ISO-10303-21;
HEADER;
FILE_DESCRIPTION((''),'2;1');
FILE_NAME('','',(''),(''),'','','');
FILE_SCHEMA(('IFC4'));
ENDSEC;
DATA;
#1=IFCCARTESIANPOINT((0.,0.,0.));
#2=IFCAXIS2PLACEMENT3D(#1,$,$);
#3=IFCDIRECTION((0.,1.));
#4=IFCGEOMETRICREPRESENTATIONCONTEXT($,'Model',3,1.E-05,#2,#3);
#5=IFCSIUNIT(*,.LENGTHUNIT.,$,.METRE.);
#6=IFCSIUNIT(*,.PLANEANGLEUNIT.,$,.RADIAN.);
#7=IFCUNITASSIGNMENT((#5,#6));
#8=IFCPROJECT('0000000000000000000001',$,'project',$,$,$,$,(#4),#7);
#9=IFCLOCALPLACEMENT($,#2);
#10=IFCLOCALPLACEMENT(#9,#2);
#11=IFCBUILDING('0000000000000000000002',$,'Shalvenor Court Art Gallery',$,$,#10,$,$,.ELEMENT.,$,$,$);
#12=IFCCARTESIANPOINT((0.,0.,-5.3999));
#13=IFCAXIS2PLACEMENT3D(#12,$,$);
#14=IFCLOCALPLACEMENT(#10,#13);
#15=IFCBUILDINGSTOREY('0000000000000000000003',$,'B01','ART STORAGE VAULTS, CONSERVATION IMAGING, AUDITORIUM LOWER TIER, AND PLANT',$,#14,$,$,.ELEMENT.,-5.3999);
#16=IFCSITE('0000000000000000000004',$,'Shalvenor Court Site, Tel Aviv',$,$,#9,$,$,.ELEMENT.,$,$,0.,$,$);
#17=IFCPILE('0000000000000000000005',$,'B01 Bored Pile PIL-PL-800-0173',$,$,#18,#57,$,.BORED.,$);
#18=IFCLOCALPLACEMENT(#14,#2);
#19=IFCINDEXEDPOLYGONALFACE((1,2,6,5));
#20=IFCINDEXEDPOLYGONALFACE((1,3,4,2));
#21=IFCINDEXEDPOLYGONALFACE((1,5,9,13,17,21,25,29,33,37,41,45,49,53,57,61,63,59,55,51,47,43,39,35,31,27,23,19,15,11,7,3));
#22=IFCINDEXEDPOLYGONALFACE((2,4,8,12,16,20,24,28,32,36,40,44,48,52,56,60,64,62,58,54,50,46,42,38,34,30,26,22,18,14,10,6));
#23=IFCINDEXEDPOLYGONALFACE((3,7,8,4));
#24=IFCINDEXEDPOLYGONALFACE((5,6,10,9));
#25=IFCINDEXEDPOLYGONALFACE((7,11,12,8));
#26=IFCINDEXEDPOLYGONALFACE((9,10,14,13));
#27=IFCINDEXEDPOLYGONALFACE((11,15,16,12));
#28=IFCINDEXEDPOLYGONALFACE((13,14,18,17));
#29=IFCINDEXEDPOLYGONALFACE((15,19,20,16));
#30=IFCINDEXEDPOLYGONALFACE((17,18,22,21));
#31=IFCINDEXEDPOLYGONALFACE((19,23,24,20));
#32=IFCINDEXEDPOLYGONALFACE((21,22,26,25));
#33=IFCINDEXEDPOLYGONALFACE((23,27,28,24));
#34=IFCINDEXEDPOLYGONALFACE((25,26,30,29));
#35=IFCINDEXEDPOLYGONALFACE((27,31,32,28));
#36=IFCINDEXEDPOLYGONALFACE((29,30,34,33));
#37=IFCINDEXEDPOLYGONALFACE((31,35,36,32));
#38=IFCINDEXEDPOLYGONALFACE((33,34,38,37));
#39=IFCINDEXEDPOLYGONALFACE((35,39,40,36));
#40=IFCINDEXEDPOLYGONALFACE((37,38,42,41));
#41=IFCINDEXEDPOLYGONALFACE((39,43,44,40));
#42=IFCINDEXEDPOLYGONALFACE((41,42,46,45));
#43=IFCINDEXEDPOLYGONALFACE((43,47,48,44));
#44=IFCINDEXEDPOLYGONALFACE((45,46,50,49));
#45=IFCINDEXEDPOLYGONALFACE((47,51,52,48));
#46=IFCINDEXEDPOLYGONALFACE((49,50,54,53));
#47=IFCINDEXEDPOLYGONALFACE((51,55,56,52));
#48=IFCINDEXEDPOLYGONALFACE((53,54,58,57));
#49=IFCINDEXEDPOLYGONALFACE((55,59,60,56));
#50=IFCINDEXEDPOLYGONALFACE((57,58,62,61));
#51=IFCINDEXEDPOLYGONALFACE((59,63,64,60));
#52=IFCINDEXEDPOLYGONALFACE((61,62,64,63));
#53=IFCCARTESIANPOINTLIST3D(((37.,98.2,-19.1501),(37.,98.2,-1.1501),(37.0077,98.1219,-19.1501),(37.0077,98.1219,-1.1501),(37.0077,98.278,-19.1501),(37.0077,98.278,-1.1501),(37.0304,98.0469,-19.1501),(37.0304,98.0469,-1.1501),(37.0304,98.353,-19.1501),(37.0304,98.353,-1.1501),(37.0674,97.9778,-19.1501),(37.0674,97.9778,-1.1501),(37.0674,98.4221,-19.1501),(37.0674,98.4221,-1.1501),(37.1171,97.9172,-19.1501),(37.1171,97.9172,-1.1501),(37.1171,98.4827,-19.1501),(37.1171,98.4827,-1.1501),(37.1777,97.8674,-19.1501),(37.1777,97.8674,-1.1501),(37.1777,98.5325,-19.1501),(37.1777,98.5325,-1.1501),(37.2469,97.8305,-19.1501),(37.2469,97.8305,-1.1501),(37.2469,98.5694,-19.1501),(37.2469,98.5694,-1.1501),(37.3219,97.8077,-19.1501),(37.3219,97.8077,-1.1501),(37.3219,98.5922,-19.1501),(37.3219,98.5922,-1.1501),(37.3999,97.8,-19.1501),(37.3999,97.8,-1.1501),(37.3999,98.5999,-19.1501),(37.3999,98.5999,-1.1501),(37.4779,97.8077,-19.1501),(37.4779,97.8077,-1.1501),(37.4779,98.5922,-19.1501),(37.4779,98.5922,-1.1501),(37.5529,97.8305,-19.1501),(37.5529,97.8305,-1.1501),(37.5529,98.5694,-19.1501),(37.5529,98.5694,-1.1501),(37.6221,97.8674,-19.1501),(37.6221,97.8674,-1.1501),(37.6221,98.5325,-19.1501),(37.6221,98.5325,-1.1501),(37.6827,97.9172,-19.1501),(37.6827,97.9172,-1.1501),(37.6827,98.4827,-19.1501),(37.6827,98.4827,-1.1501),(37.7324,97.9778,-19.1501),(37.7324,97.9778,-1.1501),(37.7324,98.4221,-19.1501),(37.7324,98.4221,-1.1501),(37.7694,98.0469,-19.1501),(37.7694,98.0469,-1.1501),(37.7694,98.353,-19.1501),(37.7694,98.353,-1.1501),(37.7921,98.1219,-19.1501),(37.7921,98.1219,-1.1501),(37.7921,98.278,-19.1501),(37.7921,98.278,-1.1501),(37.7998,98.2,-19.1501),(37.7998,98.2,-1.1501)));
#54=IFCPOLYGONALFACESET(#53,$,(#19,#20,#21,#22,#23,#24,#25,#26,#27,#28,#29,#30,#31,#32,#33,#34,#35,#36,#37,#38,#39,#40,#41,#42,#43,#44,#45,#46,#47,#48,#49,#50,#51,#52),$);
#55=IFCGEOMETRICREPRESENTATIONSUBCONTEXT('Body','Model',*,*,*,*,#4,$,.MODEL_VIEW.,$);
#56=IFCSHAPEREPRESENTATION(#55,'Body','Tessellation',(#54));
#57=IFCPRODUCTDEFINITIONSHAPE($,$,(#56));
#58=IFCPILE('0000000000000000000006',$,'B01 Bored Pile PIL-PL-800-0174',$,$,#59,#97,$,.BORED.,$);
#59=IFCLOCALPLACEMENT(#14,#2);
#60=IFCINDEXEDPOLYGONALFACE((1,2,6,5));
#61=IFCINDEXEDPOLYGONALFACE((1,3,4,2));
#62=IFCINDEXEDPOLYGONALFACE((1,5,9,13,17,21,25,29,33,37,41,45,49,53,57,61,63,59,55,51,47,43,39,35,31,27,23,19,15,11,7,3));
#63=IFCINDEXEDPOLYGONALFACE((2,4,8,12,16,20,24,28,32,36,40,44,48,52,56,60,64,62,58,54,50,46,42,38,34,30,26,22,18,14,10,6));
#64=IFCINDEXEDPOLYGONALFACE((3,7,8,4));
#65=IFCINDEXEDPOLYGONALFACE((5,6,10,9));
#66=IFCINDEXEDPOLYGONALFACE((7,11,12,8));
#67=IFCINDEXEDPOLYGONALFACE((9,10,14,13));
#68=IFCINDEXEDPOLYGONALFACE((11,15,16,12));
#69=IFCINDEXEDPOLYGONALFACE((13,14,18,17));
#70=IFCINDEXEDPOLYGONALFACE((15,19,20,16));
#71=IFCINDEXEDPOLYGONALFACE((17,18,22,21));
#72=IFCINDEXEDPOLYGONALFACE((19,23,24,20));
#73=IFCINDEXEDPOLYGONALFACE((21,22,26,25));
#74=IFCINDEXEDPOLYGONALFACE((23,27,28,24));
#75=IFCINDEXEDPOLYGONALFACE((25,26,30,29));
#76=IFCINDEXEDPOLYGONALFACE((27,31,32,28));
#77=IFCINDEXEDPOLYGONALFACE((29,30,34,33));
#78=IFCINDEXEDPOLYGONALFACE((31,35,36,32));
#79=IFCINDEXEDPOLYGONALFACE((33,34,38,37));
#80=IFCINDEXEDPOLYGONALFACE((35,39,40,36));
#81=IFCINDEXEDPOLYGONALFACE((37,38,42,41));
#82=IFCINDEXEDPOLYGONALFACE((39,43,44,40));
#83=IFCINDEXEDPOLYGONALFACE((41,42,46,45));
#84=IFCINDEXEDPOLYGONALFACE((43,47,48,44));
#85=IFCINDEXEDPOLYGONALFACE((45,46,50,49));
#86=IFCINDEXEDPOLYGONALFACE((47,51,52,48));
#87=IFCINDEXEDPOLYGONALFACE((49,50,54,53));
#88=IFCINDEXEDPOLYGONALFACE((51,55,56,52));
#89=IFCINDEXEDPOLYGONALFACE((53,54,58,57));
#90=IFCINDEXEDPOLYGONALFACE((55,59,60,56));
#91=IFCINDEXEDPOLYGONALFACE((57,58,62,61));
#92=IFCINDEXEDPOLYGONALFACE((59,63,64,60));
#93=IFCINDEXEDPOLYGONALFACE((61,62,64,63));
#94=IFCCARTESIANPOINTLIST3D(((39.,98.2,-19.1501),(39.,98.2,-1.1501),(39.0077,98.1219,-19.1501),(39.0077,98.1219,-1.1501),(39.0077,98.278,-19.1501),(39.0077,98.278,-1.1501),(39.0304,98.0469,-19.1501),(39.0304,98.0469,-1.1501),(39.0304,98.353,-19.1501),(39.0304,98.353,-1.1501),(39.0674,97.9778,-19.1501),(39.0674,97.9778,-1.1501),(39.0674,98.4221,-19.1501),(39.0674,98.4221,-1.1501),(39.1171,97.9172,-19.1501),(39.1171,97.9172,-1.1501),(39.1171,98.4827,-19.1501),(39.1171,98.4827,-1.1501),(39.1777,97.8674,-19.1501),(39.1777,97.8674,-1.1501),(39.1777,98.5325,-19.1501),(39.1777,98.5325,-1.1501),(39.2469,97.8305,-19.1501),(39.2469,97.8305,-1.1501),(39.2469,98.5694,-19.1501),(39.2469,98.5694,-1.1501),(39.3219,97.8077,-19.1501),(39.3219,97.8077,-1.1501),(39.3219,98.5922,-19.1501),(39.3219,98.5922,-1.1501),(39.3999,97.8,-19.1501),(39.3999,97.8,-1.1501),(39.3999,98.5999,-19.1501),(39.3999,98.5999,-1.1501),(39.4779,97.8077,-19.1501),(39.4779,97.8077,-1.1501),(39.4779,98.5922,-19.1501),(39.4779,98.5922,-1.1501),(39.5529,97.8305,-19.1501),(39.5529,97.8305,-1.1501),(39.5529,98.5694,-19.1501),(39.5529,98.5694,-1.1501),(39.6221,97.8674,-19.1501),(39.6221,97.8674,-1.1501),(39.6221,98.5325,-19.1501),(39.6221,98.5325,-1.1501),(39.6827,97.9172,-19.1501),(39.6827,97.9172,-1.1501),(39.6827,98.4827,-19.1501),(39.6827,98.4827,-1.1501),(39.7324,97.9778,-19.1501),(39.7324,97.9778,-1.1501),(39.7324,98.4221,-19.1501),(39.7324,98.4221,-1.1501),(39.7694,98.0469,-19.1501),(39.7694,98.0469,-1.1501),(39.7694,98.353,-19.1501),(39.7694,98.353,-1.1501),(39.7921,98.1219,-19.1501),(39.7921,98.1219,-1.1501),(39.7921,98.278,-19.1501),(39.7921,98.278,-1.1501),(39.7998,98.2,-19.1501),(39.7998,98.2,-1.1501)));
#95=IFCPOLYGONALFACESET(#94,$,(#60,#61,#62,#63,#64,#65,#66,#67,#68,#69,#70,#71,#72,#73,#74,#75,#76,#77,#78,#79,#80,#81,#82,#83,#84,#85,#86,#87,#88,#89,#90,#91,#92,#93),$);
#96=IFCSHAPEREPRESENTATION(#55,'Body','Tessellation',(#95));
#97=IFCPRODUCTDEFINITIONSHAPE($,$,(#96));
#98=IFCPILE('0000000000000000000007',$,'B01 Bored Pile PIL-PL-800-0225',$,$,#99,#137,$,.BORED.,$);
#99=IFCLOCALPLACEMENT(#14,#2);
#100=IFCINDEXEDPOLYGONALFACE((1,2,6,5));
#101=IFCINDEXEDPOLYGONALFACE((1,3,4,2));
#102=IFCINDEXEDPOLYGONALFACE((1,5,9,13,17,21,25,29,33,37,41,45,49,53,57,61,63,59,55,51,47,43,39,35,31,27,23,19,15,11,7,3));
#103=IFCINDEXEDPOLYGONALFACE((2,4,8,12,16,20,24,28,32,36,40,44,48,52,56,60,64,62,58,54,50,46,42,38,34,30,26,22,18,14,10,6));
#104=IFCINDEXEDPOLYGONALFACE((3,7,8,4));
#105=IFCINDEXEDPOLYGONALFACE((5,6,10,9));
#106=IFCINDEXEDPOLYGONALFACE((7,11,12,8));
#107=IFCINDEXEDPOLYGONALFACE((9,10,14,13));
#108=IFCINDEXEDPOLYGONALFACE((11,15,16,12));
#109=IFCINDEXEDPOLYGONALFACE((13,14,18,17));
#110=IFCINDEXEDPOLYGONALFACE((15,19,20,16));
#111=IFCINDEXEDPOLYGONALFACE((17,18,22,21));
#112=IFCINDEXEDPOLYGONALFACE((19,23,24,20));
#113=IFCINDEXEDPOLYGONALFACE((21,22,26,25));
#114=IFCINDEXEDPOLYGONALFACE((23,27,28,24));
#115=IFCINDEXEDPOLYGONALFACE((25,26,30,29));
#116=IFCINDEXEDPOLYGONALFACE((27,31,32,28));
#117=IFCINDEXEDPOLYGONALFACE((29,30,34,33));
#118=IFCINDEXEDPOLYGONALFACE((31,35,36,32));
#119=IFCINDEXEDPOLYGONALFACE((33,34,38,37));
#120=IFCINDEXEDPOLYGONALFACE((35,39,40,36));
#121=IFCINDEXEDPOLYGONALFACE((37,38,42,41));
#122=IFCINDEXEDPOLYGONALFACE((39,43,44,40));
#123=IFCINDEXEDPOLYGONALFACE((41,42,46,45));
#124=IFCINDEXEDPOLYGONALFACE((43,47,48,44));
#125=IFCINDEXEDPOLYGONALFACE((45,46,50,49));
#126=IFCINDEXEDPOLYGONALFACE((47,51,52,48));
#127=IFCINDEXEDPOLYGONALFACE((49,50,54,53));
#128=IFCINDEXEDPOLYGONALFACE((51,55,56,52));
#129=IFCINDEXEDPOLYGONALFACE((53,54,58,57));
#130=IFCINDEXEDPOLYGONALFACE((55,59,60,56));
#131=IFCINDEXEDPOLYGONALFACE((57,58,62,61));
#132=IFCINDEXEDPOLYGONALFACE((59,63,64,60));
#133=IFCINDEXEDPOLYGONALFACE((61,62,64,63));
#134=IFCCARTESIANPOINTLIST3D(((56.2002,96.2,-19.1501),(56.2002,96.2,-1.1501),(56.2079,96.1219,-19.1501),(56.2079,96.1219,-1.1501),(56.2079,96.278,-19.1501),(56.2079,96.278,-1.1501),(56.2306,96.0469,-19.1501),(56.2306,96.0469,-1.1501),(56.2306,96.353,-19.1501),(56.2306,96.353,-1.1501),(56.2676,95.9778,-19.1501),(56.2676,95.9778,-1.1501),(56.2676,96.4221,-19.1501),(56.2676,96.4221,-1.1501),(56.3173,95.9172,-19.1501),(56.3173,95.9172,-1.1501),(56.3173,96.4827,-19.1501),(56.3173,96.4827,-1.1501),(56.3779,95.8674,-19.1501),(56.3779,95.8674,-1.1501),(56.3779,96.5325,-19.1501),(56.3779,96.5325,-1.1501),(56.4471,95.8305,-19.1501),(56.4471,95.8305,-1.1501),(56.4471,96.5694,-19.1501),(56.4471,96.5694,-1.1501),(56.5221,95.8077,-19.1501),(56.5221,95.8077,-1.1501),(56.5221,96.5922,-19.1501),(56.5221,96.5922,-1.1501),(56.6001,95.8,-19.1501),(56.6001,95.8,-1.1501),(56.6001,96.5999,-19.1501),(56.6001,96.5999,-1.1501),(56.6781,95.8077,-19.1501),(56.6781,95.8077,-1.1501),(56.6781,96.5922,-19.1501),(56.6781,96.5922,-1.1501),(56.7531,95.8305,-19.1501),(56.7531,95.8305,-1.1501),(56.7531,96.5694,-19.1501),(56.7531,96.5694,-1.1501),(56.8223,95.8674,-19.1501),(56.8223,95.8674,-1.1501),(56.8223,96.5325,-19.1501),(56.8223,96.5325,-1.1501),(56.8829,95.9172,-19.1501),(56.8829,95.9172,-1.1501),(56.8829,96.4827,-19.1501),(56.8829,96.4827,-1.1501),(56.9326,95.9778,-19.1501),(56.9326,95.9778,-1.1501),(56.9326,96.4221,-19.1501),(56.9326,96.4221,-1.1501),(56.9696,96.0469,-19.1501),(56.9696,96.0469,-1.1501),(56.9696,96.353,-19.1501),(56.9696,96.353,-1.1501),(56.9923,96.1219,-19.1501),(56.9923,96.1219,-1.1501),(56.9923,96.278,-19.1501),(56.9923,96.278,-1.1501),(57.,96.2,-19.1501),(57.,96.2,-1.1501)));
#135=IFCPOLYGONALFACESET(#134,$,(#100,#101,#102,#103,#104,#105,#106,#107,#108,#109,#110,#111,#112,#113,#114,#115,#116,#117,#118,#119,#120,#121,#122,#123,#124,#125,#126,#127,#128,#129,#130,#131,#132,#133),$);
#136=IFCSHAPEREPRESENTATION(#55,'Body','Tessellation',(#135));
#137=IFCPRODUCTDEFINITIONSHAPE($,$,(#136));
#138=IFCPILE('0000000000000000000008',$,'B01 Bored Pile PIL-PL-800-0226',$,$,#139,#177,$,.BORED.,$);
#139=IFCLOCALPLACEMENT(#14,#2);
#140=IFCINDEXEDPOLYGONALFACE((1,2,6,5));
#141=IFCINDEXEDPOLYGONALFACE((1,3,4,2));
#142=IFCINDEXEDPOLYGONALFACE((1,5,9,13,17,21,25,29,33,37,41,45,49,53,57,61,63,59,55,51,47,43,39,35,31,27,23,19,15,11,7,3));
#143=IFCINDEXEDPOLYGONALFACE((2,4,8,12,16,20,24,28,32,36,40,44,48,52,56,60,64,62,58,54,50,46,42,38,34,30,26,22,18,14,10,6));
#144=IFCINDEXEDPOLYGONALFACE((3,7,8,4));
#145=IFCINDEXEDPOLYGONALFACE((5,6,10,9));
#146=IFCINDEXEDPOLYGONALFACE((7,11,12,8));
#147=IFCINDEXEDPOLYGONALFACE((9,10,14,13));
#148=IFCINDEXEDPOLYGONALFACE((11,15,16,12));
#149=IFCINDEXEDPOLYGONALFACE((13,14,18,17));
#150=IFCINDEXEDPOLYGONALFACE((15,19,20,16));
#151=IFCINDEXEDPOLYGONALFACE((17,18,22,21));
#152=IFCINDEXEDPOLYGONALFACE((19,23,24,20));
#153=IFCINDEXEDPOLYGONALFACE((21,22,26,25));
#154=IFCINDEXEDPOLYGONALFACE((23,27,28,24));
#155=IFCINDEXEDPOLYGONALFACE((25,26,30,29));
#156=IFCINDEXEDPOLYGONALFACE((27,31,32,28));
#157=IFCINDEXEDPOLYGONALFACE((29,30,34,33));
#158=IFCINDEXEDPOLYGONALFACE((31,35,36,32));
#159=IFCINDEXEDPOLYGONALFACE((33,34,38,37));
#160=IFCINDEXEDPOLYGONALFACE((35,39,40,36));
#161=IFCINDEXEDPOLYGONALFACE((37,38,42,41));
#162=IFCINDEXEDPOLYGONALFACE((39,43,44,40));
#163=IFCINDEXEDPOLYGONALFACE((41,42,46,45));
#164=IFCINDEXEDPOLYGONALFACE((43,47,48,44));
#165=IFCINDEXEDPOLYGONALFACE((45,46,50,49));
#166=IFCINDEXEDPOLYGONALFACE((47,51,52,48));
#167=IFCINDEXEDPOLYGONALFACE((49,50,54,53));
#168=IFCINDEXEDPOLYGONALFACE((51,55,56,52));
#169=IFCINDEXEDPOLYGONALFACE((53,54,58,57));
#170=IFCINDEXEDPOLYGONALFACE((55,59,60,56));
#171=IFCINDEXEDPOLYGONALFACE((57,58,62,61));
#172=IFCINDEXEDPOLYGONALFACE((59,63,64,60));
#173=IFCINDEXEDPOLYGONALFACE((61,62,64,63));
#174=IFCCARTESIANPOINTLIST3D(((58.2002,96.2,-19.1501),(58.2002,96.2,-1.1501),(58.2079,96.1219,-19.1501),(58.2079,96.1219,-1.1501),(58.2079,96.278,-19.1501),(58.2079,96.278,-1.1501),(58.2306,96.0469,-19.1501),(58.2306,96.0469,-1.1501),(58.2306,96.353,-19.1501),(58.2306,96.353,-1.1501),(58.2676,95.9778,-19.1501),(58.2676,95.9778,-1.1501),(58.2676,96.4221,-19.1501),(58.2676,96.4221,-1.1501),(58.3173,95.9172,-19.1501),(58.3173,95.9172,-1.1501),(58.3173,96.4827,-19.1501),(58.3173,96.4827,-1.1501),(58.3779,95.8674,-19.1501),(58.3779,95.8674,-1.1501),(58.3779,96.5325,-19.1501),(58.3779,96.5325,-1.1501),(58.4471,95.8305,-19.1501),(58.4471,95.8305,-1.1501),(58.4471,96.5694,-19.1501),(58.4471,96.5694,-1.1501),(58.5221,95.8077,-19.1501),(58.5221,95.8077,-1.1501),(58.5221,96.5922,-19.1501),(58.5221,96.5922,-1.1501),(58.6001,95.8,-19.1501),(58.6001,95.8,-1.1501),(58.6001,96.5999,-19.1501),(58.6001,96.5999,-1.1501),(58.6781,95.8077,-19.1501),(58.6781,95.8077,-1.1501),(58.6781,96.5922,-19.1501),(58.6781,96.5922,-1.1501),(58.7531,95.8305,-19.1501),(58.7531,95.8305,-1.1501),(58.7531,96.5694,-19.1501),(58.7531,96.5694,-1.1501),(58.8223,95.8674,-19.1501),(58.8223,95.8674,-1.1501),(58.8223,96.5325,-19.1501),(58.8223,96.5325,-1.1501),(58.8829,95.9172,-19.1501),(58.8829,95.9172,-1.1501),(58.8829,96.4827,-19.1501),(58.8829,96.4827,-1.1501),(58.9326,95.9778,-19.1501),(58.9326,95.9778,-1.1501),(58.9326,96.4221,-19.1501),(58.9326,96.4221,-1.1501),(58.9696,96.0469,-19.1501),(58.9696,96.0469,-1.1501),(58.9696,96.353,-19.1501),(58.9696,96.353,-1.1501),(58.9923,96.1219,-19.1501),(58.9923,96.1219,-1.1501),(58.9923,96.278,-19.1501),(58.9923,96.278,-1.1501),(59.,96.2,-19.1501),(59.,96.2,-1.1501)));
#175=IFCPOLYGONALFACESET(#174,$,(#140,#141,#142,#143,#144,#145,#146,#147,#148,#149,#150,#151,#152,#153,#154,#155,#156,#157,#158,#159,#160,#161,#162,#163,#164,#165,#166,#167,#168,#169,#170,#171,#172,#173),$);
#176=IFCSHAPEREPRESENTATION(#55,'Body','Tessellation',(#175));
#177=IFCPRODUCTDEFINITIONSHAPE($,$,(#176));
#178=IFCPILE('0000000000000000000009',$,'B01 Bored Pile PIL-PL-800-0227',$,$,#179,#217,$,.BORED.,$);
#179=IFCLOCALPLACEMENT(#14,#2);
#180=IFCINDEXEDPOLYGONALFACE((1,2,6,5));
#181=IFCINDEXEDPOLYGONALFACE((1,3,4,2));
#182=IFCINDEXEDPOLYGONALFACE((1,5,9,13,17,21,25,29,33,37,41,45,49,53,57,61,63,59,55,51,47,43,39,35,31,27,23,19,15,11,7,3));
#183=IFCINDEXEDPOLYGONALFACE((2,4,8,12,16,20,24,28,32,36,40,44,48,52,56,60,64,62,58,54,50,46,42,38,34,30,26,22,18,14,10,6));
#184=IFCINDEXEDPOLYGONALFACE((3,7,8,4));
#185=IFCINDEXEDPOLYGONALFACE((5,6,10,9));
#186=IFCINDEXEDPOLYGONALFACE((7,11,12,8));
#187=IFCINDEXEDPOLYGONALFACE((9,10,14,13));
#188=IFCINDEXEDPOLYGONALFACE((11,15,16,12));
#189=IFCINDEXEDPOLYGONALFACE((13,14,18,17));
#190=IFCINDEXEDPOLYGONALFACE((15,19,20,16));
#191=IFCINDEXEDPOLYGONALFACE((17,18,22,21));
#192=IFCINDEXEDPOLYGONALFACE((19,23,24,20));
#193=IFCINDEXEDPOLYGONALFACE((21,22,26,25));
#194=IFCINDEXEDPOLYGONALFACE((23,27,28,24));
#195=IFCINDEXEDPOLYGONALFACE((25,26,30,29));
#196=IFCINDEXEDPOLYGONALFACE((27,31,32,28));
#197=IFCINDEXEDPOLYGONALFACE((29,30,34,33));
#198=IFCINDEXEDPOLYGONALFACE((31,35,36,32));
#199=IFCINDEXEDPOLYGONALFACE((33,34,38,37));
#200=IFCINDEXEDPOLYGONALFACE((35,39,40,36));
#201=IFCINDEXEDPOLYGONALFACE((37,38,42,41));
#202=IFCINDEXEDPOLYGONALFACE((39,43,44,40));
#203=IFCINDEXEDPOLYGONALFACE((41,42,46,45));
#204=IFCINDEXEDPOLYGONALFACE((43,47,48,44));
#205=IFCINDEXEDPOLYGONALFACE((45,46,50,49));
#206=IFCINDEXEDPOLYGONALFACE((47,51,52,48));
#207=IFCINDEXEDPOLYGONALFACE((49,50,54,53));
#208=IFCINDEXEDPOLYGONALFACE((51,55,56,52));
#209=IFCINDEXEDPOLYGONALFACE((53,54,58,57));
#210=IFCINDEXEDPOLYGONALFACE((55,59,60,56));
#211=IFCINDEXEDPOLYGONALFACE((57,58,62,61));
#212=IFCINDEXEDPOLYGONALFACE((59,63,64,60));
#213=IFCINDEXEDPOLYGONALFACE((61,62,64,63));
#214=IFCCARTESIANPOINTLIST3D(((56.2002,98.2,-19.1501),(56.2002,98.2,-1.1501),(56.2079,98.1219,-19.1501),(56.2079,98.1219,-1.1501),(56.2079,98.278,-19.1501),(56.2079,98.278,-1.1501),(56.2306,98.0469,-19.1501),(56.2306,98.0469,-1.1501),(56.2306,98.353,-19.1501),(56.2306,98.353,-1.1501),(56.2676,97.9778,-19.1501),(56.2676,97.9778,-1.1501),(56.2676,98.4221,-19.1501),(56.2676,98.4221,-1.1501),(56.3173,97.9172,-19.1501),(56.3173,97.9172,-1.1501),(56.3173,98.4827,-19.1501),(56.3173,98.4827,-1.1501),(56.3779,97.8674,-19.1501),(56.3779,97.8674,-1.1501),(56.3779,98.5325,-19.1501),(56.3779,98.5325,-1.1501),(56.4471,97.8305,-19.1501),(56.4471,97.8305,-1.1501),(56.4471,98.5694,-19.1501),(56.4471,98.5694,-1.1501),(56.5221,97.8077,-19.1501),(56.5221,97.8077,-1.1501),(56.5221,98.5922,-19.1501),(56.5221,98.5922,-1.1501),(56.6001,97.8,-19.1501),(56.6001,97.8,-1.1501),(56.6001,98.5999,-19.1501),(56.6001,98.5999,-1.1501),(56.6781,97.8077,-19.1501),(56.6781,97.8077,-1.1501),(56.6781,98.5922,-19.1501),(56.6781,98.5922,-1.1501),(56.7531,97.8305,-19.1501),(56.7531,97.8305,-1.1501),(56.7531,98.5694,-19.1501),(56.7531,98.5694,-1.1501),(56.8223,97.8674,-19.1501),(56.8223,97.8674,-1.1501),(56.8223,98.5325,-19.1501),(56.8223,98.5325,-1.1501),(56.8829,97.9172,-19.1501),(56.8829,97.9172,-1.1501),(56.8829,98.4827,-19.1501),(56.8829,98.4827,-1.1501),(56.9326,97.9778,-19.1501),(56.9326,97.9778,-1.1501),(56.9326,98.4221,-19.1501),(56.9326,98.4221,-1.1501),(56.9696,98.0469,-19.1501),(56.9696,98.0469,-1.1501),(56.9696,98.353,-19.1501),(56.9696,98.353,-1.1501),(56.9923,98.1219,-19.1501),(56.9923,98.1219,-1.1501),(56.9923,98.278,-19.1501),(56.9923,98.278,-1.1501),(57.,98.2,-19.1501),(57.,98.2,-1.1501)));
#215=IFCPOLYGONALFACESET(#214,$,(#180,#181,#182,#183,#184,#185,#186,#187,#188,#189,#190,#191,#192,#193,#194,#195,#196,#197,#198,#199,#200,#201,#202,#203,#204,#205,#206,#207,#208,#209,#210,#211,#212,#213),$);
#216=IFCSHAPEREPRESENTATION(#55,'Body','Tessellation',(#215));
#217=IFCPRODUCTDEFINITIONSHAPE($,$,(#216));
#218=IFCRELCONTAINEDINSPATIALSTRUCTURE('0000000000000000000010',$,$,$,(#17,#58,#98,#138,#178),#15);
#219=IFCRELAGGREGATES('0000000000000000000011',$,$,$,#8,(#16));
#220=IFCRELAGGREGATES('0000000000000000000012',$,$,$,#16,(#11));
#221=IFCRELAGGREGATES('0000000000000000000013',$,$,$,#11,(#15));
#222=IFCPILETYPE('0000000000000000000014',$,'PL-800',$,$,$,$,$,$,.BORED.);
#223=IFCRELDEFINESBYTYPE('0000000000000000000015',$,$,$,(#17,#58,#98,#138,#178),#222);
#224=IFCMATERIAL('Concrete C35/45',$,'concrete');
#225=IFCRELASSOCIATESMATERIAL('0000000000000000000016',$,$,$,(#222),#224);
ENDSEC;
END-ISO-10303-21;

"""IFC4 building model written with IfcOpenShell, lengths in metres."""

from ifc_helpers import new_model, si_unit, direction, frame, origin, origin_2d, place, context, subcontext, project, spatial, circle, extrude, material, material_profile, profile_set, type_object, element, save


model = new_model("IFC4")

# Units and contexts
model_context = context("Model", 3, precision=1e-05, world=origin(), true_north=direction((0.0, 1.0)))
body_context = subcontext(model_context, "Body", "Model", "MODEL_VIEW")
ifc_project = project(units=[si_unit("LENGTHUNIT", "METRE"), si_unit("PLANEANGLEUNIT", "RADIAN")], contexts=[model_context])

# Site, building, storey
site_placement = place(None, origin())
site = spatial("IfcSite", under=ifc_project, at=site_placement, Name="Shalvenor Court Site, Tel Aviv", CompositionType="ELEMENT", RefElevation=0.0)
building_placement = place(site_placement, origin())
building = spatial("IfcBuilding", under=site, at=building_placement, Name="Shalvenor Court Art Gallery", CompositionType="ELEMENT")
storey_placement = place(building_placement, frame((0.0, 0.0, -5.3999)))
storey = spatial("IfcBuildingStorey", under=building, at=storey_placement, Name="B01", Description="ART STORAGE VAULTS, CONSERVATION IMAGING, AUDITORIUM LOWER TIER, AND PLANT", CompositionType="ELEMENT", Elevation=-5.3999)

# Piles
ifc_material_1 = material(Name="Concrete C35/45", Category="concrete")
ifc_material_profile_1 = material_profile(ifc_material_1, circle(Radius=0.3999, at=origin_2d()), Name="PILE 800")
ifc_profile_set_1 = profile_set([ifc_material_profile_1], Name="Concrete C35/45")
pile_type_1 = type_object("IfcPileType", Name="PL-800", PredefinedType="BORED", material=ifc_profile_set_1)
for number, where, z_axis, x_axis, name in (
    (1, (37.3999, 98.2, -1.1501), (0.0, 0.0, -1.0), (1.0, 0.0, 0.0), "B01 Bored Pile PIL-PL-800-0173"),
    (2, (39.3999, 98.2, -1.1501), (0.0, 0.0, -1.0), (1.0, 0.0, 0.0), "B01 Bored Pile PIL-PL-800-0174"),
    (3, (56.6001, 96.2, -1.1501), (0.0, 0.0, -1.0), (1.0, 0.0, 0.0), "B01 Bored Pile PIL-PL-800-0225"),
    (4, (58.6001, 96.2, -1.1501), (0.0, 0.0, -1.0), (1.0, 0.0, 0.0), "B01 Bored Pile PIL-PL-800-0226"),
    (5, (56.6001, 98.2, -1.1501), (0.0, 0.0, -1.0), (1.0, 0.0, 0.0), "B01 Bored Pile PIL-PL-800-0227"),
):
    element("IfcPile", number, at=place(storey_placement, frame(where, z_axis=z_axis, x_axis=x_axis)), inside=storey, type_object=pile_type_1, Name=name, PredefinedType="BORED", context=body_context, shape_type="SweptSolid", body=[
        extrude(circle(Radius=0.3999, at=origin_2d()), origin(), (0.0, 0.0, 1.0), 18.0),
    ])

save(model, "model.ifc")
